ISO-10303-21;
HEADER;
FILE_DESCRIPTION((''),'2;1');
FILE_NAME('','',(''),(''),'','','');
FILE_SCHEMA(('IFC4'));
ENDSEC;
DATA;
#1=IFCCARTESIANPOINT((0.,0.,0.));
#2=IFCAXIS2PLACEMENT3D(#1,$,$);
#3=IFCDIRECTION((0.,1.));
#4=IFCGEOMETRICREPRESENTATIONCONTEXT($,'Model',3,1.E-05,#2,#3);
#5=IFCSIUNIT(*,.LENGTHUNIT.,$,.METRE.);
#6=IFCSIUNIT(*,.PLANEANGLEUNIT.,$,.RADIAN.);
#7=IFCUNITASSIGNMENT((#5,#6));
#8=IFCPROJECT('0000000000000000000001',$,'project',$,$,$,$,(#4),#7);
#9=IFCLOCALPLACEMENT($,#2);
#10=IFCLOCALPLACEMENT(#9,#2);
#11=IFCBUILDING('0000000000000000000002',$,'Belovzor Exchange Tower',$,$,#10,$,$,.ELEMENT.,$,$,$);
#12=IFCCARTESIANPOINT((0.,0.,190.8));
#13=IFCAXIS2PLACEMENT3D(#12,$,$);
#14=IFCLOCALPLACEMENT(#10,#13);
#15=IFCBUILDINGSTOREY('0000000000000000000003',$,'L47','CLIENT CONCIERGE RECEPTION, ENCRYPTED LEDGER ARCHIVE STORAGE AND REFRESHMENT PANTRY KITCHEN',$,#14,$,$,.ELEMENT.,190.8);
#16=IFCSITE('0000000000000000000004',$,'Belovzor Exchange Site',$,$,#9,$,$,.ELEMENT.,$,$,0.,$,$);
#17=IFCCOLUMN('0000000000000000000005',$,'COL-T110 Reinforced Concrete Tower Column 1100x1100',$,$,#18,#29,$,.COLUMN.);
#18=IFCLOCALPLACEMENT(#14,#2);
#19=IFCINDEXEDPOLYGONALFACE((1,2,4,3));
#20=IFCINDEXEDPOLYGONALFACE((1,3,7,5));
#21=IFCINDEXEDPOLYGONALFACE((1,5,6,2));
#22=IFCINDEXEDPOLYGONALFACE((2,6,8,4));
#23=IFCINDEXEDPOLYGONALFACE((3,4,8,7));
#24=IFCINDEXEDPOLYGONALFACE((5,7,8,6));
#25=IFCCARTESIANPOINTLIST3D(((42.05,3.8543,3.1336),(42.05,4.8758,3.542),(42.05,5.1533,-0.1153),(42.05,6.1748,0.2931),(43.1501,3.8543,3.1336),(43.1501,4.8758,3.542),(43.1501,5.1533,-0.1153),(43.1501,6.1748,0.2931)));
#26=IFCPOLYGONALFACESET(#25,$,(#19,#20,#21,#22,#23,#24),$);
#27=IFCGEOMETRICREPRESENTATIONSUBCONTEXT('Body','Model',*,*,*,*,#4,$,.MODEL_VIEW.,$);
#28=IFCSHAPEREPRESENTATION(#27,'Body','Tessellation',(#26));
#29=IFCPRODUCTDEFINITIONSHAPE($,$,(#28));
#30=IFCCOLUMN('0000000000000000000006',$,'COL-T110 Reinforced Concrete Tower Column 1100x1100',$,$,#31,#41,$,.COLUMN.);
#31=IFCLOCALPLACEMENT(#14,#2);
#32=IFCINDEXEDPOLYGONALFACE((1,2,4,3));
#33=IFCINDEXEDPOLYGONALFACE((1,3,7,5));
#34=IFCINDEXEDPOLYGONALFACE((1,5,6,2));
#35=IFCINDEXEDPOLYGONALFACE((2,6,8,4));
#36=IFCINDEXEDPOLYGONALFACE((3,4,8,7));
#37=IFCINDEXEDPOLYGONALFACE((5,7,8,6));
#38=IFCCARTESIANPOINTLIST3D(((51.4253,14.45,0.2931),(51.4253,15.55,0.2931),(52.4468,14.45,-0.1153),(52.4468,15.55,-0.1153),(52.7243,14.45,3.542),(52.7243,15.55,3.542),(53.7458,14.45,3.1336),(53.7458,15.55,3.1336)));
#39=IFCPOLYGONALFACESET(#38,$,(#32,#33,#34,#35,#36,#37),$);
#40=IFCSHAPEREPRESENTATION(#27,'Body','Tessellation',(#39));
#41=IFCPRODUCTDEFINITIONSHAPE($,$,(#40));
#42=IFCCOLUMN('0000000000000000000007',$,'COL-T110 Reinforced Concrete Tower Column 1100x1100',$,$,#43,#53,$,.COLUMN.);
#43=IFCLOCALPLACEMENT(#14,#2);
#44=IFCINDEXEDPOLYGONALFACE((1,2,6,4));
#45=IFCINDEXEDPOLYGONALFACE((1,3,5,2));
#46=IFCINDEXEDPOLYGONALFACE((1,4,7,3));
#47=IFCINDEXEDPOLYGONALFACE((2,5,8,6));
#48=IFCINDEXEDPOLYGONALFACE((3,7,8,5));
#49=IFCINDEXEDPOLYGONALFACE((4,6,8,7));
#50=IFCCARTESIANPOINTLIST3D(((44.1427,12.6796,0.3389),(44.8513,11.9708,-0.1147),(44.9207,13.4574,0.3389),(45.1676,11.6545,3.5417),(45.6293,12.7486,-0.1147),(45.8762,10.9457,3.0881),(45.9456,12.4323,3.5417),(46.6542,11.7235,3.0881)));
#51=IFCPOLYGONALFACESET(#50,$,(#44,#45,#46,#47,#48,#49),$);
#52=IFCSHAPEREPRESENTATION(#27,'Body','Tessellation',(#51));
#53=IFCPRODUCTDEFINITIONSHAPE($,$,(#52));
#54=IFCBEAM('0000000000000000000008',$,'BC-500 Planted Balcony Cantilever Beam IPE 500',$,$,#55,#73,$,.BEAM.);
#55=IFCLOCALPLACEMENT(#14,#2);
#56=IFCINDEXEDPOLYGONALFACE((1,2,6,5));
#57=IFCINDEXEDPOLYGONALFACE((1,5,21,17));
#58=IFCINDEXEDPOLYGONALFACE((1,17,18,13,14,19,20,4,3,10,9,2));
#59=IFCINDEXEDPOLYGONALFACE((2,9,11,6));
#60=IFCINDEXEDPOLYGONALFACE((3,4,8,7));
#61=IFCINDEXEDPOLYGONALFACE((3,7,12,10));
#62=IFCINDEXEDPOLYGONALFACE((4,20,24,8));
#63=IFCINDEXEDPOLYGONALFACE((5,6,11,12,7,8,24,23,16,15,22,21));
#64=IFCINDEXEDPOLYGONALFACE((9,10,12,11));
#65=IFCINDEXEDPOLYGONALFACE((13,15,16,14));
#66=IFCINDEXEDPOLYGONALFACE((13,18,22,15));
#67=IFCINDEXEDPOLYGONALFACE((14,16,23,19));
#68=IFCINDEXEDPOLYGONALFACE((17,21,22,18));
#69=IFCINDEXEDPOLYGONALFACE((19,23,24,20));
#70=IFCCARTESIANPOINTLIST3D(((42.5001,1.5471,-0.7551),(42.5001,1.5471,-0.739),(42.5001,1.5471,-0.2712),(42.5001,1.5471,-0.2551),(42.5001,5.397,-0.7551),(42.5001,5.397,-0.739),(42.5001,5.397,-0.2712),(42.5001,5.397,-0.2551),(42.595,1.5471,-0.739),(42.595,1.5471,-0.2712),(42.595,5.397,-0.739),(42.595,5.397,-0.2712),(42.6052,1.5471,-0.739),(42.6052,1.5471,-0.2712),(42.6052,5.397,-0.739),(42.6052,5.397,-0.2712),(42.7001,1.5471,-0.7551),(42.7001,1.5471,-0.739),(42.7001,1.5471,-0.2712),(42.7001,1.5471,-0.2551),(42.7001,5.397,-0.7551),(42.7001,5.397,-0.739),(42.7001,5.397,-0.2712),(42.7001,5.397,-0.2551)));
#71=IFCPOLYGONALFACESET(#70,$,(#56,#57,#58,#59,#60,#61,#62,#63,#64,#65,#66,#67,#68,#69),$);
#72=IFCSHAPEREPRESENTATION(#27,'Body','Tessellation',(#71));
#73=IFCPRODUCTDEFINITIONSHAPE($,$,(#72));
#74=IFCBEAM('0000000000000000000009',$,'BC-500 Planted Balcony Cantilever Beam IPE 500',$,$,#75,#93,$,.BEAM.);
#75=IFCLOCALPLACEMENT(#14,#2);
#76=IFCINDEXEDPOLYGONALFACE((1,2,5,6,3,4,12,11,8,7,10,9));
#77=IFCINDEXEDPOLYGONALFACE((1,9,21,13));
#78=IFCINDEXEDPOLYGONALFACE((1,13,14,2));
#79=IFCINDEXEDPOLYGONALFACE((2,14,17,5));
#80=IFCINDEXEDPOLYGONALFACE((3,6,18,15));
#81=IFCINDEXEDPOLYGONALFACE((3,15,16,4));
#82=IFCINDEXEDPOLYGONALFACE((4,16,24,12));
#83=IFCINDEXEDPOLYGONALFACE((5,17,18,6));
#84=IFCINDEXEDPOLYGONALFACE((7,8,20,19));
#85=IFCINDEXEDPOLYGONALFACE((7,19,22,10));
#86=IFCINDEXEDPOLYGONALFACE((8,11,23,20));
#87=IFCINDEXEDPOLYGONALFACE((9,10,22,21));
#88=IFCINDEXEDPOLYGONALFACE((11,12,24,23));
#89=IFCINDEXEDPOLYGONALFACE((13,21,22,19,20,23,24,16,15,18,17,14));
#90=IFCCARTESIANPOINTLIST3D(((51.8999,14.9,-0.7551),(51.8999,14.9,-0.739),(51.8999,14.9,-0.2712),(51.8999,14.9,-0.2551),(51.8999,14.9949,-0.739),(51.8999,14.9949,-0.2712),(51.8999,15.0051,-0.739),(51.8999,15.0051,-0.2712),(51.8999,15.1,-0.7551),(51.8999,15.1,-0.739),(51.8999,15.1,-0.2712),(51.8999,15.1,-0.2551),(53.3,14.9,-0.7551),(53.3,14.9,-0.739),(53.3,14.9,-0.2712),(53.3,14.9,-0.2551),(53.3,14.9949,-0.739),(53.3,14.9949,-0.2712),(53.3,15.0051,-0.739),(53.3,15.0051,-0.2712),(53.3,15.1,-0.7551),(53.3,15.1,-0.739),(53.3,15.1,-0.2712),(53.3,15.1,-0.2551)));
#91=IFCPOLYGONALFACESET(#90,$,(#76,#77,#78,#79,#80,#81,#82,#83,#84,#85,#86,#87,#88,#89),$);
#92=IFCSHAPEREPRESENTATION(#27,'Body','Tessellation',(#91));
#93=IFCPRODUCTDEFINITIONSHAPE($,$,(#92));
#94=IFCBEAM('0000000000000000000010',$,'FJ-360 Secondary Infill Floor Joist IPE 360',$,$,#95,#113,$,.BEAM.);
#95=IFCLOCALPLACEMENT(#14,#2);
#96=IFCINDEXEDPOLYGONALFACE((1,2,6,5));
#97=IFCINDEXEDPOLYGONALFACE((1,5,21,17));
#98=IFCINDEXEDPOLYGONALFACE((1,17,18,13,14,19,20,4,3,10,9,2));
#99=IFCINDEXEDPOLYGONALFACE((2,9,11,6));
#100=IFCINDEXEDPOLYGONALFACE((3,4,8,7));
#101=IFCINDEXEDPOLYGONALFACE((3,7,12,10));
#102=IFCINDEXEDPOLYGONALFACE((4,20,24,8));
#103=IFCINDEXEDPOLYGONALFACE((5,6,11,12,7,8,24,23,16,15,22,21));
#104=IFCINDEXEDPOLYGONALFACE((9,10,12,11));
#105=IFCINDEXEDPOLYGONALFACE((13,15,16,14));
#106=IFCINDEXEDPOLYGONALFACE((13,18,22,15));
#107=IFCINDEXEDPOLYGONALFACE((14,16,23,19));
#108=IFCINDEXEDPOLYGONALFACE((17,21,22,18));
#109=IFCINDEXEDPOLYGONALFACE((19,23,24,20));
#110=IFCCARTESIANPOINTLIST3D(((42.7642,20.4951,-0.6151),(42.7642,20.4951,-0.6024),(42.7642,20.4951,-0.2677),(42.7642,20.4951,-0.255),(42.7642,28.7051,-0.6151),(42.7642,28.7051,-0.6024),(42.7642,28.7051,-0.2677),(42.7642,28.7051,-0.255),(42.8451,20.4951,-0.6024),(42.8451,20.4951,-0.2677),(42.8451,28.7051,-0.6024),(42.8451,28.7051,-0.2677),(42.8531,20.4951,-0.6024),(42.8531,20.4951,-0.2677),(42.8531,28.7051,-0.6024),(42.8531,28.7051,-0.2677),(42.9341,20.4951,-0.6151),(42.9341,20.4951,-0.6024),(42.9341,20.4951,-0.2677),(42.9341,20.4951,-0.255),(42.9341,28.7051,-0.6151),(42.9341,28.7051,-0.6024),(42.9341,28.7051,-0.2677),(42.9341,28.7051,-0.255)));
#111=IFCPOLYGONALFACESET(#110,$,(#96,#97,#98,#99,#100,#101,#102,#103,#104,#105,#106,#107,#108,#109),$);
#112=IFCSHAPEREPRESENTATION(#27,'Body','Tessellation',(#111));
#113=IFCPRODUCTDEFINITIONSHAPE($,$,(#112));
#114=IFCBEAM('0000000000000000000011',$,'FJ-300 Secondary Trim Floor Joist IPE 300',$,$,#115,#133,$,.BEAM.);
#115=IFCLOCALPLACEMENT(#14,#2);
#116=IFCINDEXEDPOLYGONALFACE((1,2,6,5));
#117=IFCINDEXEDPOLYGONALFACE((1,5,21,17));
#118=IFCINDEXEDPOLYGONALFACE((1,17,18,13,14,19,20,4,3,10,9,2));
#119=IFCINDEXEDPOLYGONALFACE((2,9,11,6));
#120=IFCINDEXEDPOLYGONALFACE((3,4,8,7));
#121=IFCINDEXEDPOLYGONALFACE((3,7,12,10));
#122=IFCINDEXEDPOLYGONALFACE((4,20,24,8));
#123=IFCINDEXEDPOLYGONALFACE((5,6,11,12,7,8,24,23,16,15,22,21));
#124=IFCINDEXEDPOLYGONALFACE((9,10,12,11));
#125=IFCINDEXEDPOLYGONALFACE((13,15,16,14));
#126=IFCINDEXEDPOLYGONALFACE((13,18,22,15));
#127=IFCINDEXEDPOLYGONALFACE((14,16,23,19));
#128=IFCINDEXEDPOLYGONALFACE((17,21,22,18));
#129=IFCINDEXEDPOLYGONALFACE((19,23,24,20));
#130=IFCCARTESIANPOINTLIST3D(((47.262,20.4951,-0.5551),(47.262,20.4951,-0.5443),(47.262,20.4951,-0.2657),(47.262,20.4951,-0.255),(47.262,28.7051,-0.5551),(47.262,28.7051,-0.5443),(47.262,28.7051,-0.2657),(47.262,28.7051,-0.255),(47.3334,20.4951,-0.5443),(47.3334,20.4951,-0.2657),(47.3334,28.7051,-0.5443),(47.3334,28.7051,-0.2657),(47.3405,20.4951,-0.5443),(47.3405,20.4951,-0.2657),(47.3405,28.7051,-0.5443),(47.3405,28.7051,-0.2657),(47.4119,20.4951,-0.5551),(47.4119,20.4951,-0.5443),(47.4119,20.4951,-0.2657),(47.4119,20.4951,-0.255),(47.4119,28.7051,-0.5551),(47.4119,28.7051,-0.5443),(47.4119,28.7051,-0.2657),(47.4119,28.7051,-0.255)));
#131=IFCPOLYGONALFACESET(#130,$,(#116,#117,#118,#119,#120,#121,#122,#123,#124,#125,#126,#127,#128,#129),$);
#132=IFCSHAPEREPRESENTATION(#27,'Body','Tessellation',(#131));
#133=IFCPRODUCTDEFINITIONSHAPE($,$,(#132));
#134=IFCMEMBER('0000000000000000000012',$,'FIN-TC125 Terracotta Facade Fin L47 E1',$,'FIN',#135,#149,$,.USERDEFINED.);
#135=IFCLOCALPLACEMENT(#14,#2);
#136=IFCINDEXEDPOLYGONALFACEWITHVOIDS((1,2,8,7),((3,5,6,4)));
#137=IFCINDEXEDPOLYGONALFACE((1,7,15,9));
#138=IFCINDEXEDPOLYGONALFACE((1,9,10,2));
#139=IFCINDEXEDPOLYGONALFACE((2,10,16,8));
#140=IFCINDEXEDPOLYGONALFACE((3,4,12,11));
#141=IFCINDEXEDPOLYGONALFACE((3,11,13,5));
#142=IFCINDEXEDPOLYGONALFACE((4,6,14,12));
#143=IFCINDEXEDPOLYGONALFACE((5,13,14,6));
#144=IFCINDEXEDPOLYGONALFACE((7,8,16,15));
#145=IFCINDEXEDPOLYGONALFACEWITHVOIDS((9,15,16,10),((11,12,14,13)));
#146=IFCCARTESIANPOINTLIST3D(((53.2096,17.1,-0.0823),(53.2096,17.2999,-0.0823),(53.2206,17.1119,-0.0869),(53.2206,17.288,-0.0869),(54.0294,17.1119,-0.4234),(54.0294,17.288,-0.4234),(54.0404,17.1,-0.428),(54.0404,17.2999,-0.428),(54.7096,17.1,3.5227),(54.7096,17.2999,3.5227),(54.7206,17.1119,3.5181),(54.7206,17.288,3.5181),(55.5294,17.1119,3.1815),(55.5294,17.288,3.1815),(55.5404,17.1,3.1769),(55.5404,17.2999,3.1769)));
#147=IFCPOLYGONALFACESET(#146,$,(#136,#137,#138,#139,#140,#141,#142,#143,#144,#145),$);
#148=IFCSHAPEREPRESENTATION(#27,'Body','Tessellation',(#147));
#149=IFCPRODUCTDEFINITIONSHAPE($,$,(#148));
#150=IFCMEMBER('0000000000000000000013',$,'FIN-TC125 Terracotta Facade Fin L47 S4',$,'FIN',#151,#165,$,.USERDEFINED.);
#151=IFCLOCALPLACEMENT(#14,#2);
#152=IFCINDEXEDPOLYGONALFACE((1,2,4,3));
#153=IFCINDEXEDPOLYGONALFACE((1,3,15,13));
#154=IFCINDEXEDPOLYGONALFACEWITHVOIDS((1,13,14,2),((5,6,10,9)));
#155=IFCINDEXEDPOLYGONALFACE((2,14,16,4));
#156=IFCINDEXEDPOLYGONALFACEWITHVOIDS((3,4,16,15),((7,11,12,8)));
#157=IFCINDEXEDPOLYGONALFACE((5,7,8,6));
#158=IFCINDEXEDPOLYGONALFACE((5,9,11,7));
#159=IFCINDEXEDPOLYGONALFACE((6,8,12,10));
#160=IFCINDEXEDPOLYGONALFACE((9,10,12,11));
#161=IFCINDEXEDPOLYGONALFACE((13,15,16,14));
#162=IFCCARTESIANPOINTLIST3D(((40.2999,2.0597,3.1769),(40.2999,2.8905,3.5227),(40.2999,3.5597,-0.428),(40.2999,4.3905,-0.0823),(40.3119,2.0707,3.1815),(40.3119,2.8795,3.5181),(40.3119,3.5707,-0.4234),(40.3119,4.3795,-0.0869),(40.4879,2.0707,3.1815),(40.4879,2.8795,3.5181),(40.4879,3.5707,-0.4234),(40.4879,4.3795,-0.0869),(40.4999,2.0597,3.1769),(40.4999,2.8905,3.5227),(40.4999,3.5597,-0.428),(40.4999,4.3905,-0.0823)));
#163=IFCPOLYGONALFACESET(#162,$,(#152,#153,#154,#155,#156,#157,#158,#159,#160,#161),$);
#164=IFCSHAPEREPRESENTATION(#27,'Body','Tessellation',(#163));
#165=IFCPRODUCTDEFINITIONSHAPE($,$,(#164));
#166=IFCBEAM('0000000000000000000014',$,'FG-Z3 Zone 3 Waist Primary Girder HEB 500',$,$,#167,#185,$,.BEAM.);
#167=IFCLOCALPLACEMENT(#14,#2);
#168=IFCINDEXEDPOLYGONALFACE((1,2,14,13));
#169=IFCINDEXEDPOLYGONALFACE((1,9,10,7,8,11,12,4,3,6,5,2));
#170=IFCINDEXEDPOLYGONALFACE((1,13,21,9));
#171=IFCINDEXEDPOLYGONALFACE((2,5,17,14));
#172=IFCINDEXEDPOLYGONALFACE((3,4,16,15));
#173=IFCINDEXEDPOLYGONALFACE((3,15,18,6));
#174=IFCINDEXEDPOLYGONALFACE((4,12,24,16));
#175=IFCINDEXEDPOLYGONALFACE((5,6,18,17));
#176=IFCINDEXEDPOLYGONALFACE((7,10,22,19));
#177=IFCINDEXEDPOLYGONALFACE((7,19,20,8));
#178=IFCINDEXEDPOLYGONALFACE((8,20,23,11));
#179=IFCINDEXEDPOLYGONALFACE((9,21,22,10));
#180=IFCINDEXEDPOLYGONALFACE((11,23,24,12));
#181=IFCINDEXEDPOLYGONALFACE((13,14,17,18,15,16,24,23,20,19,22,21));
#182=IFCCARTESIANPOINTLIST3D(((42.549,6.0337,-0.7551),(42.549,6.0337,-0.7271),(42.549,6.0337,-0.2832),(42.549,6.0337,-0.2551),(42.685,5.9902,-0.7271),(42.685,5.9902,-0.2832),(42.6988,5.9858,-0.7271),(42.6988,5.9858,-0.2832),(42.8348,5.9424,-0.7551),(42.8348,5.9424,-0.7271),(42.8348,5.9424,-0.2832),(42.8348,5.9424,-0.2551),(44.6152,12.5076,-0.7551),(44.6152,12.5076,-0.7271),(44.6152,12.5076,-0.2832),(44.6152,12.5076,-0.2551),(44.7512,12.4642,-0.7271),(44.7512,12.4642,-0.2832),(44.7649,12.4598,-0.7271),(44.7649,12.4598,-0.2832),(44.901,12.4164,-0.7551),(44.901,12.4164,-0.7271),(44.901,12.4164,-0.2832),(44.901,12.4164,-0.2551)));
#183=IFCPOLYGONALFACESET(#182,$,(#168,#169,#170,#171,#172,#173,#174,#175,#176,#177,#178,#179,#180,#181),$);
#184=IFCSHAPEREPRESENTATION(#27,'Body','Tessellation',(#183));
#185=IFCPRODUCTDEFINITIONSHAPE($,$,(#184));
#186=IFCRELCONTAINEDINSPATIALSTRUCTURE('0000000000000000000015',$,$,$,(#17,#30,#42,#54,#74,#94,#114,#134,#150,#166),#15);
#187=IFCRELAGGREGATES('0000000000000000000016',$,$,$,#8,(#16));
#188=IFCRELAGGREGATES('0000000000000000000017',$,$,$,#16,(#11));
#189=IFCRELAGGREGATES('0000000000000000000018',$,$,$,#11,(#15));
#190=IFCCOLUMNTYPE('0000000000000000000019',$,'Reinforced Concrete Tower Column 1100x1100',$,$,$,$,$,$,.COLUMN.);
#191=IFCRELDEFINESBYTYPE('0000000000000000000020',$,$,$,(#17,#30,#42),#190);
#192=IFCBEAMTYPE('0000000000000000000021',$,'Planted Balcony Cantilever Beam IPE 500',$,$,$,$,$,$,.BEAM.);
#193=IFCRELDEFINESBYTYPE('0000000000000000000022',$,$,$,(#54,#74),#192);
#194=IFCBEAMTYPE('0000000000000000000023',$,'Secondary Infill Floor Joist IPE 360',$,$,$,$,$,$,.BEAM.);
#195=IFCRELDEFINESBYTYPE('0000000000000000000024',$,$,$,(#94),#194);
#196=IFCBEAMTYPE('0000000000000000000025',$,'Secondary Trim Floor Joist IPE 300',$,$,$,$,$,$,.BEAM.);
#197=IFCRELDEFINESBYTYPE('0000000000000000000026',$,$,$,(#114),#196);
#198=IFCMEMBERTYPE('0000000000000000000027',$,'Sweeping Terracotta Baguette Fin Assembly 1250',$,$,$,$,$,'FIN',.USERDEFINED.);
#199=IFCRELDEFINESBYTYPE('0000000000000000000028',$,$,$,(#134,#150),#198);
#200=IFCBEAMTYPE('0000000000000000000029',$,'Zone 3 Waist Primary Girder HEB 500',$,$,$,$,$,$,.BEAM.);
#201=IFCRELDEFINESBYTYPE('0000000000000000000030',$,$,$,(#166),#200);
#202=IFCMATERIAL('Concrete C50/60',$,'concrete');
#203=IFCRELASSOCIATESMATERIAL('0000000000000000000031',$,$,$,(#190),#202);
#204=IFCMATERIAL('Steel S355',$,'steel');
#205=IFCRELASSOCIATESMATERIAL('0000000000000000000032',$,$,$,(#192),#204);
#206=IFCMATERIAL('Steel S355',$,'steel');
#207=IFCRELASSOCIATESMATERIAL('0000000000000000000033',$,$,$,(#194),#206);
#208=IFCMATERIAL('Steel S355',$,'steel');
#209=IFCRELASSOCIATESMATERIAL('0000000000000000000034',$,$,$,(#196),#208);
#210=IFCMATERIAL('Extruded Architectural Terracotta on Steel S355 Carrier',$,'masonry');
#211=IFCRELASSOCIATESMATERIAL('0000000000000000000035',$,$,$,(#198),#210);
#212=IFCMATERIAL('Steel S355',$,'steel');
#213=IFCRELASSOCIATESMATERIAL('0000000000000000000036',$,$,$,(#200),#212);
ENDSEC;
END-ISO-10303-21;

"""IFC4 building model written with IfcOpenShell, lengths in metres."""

from ifc_helpers import new_model, si_unit, direction, frame, origin, origin_2d, place, context, subcontext, project, spatial, rectangle, hollow_rectangle, i_section, extrude, material, material_profile, profile_set, type_object, element, save


model = new_model("IFC4")

# Units and contexts
model_context = context("Model", 3, precision=1e-05, world=origin(), true_north=direction((0.0, 1.0)))
body_context = subcontext(model_context, "Body", "Model", "MODEL_VIEW")
ifc_project = project(units=[si_unit("LENGTHUNIT", "METRE"), si_unit("PLANEANGLEUNIT", "RADIAN")], contexts=[model_context])

# Site, building, storey
site_placement = place(None, origin())
site = spatial("IfcSite", under=ifc_project, at=site_placement, Name="Belovzor Exchange Site", CompositionType="ELEMENT", RefElevation=0.0)
building_placement = place(site_placement, origin())
building = spatial("IfcBuilding", under=site, at=building_placement, Name="Belovzor Exchange Tower", CompositionType="ELEMENT")
storey_placement = place(building_placement, frame((0.0, 0.0, 190.8)))
storey = spatial("IfcBuildingStorey", under=building, at=storey_placement, Name="L47", Description="CLIENT CONCIERGE RECEPTION, ENCRYPTED LEDGER ARCHIVE STORAGE AND REFRESHMENT PANTRY KITCHEN", CompositionType="ELEMENT", Elevation=190.8)

# Columns
ifc_material_1 = material(Name="Concrete C50/60", Category="concrete")
ifc_material_profile_1 = material_profile(ifc_material_1, rectangle(XDim=1.1001, YDim=1.1001, at=origin_2d()))
ifc_profile_set_1 = profile_set([ifc_material_profile_1], Name="Concrete C50/60")
column_type = type_object("IfcColumnType", Name="Reinforced Concrete Tower Column 1100x1100", PredefinedType="COLUMN", material=ifc_profile_set_1)
for number, where, z_axis, x_axis, name in (
    (1, (42.6001, 5.6641, 0.0889), (0.0, -0.371258, 0.92853), (1.0, 0.0, 0.0), "COL-T110 Reinforced Concrete Tower Column 1100x1100"),
    (2, (51.936, 15.0, 0.0889), (0.371258, 0.0, 0.92853), (0.0, 1.0, 0.0), "COL-T110 Reinforced Concrete Tower Column 1100x1100"),
):
    element("IfcColumn", number, at=place(storey_placement, frame(where, z_axis=z_axis, x_axis=x_axis)), inside=storey, type_object=column_type, Name=name, PredefinedType="COLUMN", context=body_context, shape_type="SweptSolid", body=[
        extrude(rectangle(XDim=1.1001, YDim=1.1001, at=origin_2d()), origin(), (0.0, 0.0, 1.0), 3.499),
    ])
column_placement = place(storey_placement, frame((44.886, 12.7141, 0.1121), z_axis=(0.291526, -0.291595, 0.911035), x_axis=(0.707191, 0.707023, 0.0)))
element("IfcColumn", 3, at=column_placement, inside=storey, type_object=column_type, Name="COL-T110 Reinforced Concrete Tower Column 1100x1100", PredefinedType="COLUMN", context=body_context, shape_type="SweptSolid", body=[
    extrude(rectangle(XDim=1.1001, YDim=1.1001, at=origin_2d()), origin(), (0.0, 0.0, 1.0), 3.5156),
])

# Beams
ifc_material_2 = material(Name="Steel S355", Category="steel")
ifc_material_profile_2 = material_profile(ifc_material_2, i_section(OverallWidth=0.2, OverallDepth=0.5, WebThickness=0.0103, FlangeThickness=0.0161, at=origin_2d()))
ifc_profile_set_2 = profile_set([ifc_material_profile_2], Name="Steel S355")
beam_type_1 = type_object("IfcBeamType", Name="Planted Balcony Cantilever Beam IPE 500", PredefinedType="BEAM", material=ifc_profile_set_2)
beam_1_placement = place(storey_placement, frame((42.6001, 5.397, -0.5051), z_axis=(0.0, -1.0, 0.0), x_axis=(1.0, 0.0, 0.0)))
element("IfcBeam", 4, at=beam_1_placement, inside=storey, type_object=beam_type_1, Name="BC-500 Planted Balcony Cantilever Beam IPE 500", PredefinedType="BEAM", context=body_context, shape_type="SweptSolid", body=[
    extrude(i_section(OverallWidth=0.2, OverallDepth=0.5, WebThickness=0.0103, FlangeThickness=0.0161, at=origin_2d()), origin(), (0.0, 0.0, 1.0), 3.8499),
])
beam_2_placement = place(storey_placement, frame((51.8999, 15.0, -0.5051), z_axis=(1.0, 0.0, 0.0), x_axis=(0.0, 1.0, 0.0)))
element("IfcBeam", 5, at=beam_2_placement, inside=storey, type_object=beam_type_1, Name="BC-500 Planted Balcony Cantilever Beam IPE 500", PredefinedType="BEAM", context=body_context, shape_type="SweptSolid", body=[
    extrude(i_section(OverallWidth=0.2, OverallDepth=0.5, WebThickness=0.0103, FlangeThickness=0.0161, at=origin_2d()), origin(), (0.0, 0.0, 1.0), 1.4001),
])
ifc_material_3 = material(Name="Steel S355", Category="steel")
ifc_material_profile_3 = material_profile(ifc_material_3, i_section(OverallWidth=0.1699, OverallDepth=0.3601, WebThickness=0.0081, FlangeThickness=0.0127, at=origin_2d()))
ifc_profile_set_3 = profile_set([ifc_material_profile_3], Name="Steel S355")
beam_type_2 = type_object("IfcBeamType", Name="Secondary Infill Floor Joist IPE 360", PredefinedType="BEAM", material=ifc_profile_set_3)
beam_3_placement = place(storey_placement, frame((42.8491, 20.4951, -0.4351), z_axis=(0.0, 1.0, 0.0), x_axis=(-1.0, 0.0, 0.0)))
element("IfcBeam", 6, at=beam_3_placement, inside=storey, type_object=beam_type_2, Name="FJ-360 Secondary Infill Floor Joist IPE 360", PredefinedType="BEAM", context=body_context, shape_type="SweptSolid", body=[
    extrude(i_section(OverallWidth=0.1699, OverallDepth=0.3601, WebThickness=0.0081, FlangeThickness=0.0127, at=origin_2d()), origin(), (0.0, 0.0, 1.0), 8.21),
])
ifc_material_4 = material(Name="Steel S355", Category="steel")
ifc_material_profile_4 = material_profile(ifc_material_4, i_section(OverallWidth=0.1499, OverallDepth=0.3, WebThickness=0.0071, FlangeThickness=0.0107, at=origin_2d()))
ifc_profile_set_4 = profile_set([ifc_material_profile_4], Name="Steel S355")
beam_type_3 = type_object("IfcBeamType", Name="Secondary Trim Floor Joist IPE 300", PredefinedType="BEAM", material=ifc_profile_set_4)
beam_4_placement = place(storey_placement, frame((47.3369, 20.4951, -0.405), z_axis=(0.0, 1.0, 0.0), x_axis=(-1.0, 0.0, 0.0)))
element("IfcBeam", 7, at=beam_4_placement, inside=storey, type_object=beam_type_3, Name="FJ-300 Secondary Trim Floor Joist IPE 300", PredefinedType="BEAM", context=body_context, shape_type="SweptSolid", body=[
    extrude(i_section(OverallWidth=0.1499, OverallDepth=0.3, WebThickness=0.0071, FlangeThickness=0.0107, at=origin_2d()), origin(), (0.0, 0.0, 1.0), 8.21),
])

# Members
ifc_material_5 = material(Name="Extruded Architectural Terracotta on Steel S355 Carrier", Category="masonry")
ifc_material_profile_5 = material_profile(ifc_material_5, hollow_rectangle(XDim=0.2, YDim=0.8999, WallThickness=0.012, at=origin_2d()))
ifc_profile_set_5 = profile_set([ifc_material_profile_5], Name="Extruded Architectural Terracotta on Steel S355 Carrier")
member_type = type_object("IfcMemberType", Name="Sweeping Terracotta Baguette Fin Assembly 1250", ElementType="FIN", PredefinedType="USERDEFINED", material=ifc_profile_set_5)
for number, where, z_axis, x_axis, name in (
    (8, (53.625, 17.2, -0.2551), (0.384162, 0.0, 0.923266), (0.0, 1.0, 0.0), "FIN-TC125 Terracotta Facade Fin L47 E1"),
    (9, (40.3999, 3.9751, -0.2551), (0.0, -0.384162, 0.923266), (1.0, 0.0, 0.0), "FIN-TC125 Terracotta Facade Fin L47 S4"),
):
    element("IfcMember", number, at=place(storey_placement, frame(where, z_axis=z_axis, x_axis=x_axis)), inside=storey, type_object=member_type, Name=name, ObjectType="FIN", PredefinedType="USERDEFINED", context=body_context, shape_type="SweptSolid", body=[
        extrude(hollow_rectangle(XDim=0.2, YDim=0.8999, WallThickness=0.012, at=origin_2d()), origin(), (0.0, 0.0, 1.0), 3.9045),
    ])

# Beam
ifc_material_6 = material(Name="Steel S355", Category="steel")
ifc_material_profile_6 = material_profile(ifc_material_6, i_section(OverallWidth=0.3, OverallDepth=0.5, WebThickness=0.0144, FlangeThickness=0.0281, at=origin_2d()))
ifc_profile_set_6 = profile_set([ifc_material_profile_6], Name="Steel S355")
beam_type_4 = type_object("IfcBeamType", Name="Zone 3 Waist Primary Girder HEB 500", PredefinedType="BEAM", material=ifc_profile_set_6)
for number, where, z_axis, x_axis, name in (
    (10, (42.6919, 5.988, -0.5051), (0.304044, 0.952658, 0.0), (-0.952658, 0.304044, 0.0), "FG-Z3 Zone 3 Waist Primary Girder HEB 500"),
):
    element("IfcBeam", number, at=place(storey_placement, frame(where, z_axis=z_axis, x_axis=x_axis)), inside=storey, type_object=beam_type_4, Name=name, PredefinedType="BEAM", context=body_context, shape_type="SweptSolid", body=[
        extrude(i_section(OverallWidth=0.3, OverallDepth=0.5, WebThickness=0.0144, FlangeThickness=0.0281, at=origin_2d()), origin(), (0.0, 0.0, 1.0), 6.7957),
    ])

save(model, "model.ifc")
